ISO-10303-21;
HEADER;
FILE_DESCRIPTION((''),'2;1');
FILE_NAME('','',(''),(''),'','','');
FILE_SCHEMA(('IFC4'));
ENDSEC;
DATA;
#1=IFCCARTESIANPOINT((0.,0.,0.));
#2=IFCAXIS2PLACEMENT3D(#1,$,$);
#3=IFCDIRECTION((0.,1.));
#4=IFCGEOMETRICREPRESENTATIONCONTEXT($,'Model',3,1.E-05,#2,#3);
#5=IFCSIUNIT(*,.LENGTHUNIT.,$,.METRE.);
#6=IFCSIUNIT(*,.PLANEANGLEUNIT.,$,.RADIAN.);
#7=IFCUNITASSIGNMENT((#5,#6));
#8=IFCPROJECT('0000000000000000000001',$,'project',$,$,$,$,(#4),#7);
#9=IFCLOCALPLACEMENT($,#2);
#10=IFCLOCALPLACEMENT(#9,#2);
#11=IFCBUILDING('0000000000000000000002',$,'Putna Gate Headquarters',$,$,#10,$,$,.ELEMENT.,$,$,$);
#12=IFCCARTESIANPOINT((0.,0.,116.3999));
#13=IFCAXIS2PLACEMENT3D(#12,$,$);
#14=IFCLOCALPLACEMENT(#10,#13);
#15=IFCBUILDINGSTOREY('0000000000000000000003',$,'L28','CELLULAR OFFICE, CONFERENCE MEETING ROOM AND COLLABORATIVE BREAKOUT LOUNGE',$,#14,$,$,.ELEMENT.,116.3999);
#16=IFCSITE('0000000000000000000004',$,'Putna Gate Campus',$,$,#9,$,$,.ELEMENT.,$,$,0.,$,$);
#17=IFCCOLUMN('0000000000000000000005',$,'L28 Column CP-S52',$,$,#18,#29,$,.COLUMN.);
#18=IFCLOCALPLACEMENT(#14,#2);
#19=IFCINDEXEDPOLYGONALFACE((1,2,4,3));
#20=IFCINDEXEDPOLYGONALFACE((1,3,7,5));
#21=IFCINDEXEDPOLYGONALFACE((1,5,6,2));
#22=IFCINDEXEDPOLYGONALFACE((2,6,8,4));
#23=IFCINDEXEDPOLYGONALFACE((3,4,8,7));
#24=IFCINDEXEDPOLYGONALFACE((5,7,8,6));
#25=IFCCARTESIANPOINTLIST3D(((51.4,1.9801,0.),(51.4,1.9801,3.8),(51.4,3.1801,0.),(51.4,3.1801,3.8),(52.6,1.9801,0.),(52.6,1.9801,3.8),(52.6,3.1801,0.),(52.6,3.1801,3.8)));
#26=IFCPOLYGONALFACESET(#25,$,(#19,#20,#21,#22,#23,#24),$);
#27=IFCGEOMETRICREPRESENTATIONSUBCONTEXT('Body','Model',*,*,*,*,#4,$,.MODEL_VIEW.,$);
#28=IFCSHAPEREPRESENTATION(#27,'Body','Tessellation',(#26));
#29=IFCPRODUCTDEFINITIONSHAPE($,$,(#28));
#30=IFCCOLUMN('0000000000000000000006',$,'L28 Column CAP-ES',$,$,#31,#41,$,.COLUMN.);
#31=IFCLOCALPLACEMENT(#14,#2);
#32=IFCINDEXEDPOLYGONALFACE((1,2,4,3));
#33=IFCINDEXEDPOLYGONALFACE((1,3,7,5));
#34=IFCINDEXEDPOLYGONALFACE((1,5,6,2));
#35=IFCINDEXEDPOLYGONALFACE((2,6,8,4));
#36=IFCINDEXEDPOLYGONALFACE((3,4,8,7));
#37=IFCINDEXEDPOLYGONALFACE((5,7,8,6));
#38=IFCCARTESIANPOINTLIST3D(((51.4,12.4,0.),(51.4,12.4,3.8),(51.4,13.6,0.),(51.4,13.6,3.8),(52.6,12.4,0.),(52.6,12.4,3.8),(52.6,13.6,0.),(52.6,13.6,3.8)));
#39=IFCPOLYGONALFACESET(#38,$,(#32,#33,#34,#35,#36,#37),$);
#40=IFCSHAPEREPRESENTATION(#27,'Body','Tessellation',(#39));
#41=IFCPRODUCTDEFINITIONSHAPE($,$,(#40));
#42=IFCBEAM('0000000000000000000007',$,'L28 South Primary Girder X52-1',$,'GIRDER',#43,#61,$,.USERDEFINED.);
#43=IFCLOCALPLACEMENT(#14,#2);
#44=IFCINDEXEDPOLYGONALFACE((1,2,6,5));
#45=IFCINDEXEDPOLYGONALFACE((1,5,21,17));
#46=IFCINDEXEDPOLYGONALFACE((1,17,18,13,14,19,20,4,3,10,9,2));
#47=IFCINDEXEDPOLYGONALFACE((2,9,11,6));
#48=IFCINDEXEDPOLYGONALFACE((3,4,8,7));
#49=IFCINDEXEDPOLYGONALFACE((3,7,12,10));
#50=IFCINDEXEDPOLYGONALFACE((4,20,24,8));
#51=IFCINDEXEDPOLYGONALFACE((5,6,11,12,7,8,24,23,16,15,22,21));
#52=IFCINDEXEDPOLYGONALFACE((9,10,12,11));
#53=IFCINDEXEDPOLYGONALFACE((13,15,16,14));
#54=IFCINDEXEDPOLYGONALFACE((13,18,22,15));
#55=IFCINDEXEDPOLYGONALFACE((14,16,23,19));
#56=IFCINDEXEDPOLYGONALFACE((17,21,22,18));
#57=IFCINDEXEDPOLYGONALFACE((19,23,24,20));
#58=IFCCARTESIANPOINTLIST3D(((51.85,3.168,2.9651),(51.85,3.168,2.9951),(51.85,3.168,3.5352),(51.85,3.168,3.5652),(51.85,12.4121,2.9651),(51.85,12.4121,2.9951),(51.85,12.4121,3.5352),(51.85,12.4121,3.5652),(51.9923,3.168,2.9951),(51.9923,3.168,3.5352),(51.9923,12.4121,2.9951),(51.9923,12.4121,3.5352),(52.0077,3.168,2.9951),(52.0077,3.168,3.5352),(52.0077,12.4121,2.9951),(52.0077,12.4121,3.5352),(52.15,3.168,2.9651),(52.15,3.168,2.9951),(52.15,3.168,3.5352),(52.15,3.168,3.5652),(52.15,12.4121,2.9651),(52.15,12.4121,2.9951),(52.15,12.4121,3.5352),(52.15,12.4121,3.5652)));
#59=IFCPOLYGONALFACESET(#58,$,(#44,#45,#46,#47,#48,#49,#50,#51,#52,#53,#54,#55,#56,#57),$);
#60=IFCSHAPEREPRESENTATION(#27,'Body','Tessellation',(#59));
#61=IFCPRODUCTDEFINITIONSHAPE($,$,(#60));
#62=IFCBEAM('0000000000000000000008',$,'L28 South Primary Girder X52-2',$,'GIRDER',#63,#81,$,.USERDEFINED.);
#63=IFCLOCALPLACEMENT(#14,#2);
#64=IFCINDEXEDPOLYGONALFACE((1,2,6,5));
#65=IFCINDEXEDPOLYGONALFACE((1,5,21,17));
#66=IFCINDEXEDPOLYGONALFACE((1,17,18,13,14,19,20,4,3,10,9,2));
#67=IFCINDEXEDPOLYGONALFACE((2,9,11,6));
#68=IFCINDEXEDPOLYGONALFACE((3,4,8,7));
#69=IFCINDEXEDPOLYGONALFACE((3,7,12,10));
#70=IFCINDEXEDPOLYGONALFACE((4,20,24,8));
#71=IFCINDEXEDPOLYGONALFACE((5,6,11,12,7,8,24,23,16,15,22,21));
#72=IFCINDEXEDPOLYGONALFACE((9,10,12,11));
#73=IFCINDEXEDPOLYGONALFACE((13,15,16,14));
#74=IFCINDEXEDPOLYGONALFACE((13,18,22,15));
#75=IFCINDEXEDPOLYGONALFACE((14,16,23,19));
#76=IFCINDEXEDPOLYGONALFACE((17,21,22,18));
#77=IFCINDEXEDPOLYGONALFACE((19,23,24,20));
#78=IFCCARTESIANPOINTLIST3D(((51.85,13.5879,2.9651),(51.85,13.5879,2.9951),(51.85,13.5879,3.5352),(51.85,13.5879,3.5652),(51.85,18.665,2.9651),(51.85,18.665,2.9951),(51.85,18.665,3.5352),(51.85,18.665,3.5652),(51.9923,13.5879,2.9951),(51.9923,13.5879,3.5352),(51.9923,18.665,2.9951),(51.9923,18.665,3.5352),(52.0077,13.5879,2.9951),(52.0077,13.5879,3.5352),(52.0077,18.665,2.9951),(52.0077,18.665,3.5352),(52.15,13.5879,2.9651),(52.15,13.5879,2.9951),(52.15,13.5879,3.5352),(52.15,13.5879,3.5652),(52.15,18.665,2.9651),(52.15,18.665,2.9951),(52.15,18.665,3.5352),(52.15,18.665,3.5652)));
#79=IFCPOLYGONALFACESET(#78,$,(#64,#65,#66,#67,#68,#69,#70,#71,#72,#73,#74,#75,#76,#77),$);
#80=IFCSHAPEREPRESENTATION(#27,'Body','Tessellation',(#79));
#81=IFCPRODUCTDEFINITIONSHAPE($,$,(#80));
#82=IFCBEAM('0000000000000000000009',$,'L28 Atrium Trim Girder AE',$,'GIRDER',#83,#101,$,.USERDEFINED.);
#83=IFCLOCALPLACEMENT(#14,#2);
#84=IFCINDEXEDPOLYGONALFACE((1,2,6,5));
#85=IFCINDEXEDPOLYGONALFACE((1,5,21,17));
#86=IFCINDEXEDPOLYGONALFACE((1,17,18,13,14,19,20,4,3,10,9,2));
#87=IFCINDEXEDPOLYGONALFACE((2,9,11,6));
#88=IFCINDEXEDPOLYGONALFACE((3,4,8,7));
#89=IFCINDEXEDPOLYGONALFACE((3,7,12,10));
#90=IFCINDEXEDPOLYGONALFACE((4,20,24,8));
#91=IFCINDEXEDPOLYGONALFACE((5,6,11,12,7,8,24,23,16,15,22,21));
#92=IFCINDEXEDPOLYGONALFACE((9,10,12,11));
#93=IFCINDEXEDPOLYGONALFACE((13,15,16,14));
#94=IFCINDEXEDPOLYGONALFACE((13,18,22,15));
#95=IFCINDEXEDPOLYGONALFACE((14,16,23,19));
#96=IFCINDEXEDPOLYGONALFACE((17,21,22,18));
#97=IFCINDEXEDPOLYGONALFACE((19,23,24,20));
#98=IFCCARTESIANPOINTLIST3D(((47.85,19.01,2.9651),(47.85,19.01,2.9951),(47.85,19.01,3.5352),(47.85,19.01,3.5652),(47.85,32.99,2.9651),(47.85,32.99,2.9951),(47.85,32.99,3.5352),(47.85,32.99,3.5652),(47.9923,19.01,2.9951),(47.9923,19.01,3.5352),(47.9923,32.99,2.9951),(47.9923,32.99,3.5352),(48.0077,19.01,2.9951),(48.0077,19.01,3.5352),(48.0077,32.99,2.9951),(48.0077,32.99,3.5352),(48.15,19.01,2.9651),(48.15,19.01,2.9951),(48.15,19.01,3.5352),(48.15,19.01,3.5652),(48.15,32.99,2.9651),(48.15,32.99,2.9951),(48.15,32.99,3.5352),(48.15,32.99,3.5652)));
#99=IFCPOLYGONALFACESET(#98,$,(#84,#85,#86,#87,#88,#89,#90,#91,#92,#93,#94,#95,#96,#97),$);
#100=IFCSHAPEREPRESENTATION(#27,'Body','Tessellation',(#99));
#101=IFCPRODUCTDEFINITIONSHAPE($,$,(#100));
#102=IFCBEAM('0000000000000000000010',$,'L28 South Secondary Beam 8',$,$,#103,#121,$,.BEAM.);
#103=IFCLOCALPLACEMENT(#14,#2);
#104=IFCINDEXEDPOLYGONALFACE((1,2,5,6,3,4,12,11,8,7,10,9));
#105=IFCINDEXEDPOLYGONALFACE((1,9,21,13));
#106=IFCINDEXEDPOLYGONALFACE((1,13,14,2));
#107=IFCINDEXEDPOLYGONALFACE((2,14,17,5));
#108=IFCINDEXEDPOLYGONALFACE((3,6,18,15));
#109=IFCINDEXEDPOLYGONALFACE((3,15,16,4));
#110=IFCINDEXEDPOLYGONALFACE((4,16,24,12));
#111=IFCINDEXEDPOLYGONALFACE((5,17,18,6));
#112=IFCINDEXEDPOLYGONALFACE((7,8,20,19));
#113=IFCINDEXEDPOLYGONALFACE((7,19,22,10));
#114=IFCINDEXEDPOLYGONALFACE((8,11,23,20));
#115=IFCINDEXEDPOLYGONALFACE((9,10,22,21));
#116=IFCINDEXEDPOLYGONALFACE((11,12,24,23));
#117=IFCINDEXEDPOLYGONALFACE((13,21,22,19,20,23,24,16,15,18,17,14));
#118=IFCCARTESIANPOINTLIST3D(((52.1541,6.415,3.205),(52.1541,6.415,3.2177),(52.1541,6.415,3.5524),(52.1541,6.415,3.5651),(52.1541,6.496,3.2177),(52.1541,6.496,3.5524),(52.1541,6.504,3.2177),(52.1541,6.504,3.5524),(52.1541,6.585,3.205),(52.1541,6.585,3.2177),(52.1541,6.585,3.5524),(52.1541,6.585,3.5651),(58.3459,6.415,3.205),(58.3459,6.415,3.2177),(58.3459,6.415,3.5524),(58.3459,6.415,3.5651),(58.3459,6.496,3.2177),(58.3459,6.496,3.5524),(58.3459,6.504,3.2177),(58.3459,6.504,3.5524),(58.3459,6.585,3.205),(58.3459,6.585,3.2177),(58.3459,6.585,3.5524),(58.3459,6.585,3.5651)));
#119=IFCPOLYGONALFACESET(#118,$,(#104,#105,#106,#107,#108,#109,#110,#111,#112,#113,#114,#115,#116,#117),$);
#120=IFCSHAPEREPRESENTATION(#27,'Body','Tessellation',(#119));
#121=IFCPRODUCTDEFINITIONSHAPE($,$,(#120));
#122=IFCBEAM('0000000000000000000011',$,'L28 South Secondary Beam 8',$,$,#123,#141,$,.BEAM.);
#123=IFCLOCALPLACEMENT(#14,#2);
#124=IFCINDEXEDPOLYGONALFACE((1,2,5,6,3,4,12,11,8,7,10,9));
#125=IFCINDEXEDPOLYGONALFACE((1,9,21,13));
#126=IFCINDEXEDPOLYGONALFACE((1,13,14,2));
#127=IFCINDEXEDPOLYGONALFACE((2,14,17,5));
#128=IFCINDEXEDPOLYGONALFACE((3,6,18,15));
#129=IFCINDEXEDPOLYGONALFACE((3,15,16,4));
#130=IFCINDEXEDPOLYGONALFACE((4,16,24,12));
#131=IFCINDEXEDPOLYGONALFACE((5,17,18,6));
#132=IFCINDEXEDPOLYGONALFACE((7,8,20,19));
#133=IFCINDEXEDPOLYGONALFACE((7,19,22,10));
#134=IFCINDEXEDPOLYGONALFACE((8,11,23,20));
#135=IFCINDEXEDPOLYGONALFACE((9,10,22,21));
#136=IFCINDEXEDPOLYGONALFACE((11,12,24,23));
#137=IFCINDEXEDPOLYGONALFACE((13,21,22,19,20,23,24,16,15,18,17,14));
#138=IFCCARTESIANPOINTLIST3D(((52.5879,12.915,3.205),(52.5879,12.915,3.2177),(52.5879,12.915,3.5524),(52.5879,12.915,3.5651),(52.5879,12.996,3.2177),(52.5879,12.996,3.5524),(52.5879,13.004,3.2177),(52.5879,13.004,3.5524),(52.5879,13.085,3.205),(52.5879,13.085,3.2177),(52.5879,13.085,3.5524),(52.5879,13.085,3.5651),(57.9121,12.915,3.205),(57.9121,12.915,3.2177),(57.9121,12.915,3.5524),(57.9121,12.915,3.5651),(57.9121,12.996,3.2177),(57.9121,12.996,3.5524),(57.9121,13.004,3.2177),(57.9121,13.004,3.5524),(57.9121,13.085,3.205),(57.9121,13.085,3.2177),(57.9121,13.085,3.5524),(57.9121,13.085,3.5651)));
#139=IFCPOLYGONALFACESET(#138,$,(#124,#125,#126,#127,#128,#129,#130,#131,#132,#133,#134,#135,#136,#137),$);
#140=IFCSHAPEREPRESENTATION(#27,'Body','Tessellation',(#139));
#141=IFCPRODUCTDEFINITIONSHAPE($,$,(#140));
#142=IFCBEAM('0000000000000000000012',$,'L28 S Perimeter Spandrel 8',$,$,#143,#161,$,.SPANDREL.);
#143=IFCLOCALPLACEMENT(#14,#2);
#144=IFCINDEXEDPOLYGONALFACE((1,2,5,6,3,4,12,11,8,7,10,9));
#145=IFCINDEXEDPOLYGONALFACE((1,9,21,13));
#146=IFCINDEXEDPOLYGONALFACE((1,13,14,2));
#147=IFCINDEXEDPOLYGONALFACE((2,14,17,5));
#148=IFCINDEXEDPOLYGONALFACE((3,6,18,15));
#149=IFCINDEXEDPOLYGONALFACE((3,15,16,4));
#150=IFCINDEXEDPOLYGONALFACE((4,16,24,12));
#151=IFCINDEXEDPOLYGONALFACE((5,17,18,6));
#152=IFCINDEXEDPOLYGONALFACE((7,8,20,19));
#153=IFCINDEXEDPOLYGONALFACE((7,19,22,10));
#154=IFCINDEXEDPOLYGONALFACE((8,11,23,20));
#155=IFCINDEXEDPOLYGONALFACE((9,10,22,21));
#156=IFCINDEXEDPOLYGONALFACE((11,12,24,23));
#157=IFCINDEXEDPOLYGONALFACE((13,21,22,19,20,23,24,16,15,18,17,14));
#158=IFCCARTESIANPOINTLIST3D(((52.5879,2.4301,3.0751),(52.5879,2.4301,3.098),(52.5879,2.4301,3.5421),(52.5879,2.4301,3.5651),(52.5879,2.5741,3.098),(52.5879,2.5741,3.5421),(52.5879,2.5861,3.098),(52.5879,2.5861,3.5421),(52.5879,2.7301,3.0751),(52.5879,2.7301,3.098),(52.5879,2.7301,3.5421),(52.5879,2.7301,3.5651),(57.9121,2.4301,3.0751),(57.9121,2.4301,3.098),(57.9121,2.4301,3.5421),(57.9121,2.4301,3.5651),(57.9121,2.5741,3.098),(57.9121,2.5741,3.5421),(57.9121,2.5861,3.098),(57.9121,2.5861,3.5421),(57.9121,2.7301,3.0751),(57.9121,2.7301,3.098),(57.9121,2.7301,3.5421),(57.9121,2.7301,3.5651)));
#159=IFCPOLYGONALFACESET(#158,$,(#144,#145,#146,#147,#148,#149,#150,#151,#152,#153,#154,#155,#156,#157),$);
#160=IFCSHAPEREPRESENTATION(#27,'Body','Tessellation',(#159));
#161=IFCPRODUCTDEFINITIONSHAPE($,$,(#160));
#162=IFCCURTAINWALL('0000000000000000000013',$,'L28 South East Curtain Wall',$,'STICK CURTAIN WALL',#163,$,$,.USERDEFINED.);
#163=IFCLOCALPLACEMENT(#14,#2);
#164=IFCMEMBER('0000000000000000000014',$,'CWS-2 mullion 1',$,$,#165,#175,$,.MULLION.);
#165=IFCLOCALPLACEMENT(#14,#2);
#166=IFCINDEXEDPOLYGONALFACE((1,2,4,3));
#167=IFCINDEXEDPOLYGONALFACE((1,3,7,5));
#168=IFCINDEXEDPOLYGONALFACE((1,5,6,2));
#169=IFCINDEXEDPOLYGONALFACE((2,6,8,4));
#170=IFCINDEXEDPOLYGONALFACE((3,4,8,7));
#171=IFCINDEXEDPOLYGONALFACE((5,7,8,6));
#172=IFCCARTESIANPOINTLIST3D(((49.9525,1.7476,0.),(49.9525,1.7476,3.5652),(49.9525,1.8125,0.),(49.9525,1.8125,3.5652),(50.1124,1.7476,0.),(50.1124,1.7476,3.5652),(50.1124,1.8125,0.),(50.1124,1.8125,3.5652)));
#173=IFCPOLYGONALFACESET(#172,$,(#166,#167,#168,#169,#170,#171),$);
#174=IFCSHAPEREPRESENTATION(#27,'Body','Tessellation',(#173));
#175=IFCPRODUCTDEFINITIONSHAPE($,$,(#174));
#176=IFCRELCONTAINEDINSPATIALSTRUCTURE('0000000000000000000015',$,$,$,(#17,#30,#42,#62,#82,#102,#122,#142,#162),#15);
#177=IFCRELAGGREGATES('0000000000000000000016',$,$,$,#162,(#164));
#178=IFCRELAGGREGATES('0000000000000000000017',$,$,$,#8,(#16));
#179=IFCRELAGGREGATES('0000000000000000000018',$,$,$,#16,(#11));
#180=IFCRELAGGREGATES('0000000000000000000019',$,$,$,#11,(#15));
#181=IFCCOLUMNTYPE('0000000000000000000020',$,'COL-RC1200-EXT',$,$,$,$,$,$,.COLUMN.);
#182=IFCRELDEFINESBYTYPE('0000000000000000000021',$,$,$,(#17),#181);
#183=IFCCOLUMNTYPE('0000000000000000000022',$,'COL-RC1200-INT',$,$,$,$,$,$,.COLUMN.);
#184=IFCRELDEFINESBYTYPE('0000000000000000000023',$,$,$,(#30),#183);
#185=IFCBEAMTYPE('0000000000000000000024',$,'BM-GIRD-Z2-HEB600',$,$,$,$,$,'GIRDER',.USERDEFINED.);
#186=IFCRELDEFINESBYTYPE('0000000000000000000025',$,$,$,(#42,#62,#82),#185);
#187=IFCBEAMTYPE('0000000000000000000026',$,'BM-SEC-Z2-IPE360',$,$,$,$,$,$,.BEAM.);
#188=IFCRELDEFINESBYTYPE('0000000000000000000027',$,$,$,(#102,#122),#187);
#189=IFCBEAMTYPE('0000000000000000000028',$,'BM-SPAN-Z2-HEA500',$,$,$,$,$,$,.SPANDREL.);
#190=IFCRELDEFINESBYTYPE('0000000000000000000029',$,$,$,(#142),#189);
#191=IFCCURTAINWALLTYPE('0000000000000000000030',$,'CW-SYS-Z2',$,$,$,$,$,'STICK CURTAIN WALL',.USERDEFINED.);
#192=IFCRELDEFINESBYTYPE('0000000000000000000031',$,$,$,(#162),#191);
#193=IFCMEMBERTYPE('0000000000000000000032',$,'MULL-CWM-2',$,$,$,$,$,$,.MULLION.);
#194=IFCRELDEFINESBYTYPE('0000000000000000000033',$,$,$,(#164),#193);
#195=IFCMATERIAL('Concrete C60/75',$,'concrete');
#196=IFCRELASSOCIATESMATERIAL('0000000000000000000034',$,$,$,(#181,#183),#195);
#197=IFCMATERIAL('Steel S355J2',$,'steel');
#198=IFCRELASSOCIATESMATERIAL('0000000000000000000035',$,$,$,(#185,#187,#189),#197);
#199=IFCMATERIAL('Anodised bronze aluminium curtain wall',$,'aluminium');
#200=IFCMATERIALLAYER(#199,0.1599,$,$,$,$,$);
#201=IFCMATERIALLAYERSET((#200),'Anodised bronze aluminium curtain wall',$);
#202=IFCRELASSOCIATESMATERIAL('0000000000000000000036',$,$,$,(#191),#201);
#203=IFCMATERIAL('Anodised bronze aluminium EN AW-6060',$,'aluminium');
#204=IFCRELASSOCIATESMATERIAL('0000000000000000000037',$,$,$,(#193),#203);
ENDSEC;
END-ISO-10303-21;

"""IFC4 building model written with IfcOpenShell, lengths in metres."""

from ifc_helpers import new_model, si_unit, direction, frame, origin, origin_2d, place, context, subcontext, project, spatial, rectangle, i_section, extrude, material, layer, layer_set, material_profile, profile_set, type_object, element, aggregate, save


model = new_model("IFC4")

# Units and contexts
model_context = context("Model", 3, precision=1e-05, world=origin(), true_north=direction((0.0, 1.0)))
body_context = subcontext(model_context, "Body", "Model", "MODEL_VIEW")
ifc_project = project(units=[si_unit("LENGTHUNIT", "METRE"), si_unit("PLANEANGLEUNIT", "RADIAN")], contexts=[model_context])

# Site, building, storey
site_placement = place(None, origin())
site = spatial("IfcSite", under=ifc_project, at=site_placement, Name="Putna Gate Campus", CompositionType="ELEMENT", RefElevation=0.0)
building_placement = place(site_placement, origin())
building = spatial("IfcBuilding", under=site, at=building_placement, Name="Putna Gate Headquarters", CompositionType="ELEMENT")
storey_placement = place(building_placement, frame((0.0, 0.0, 116.3999)))
storey = spatial("IfcBuildingStorey", under=building, at=storey_placement, Name="L28", Description="CELLULAR OFFICE, CONFERENCE MEETING ROOM AND COLLABORATIVE BREAKOUT LOUNGE", CompositionType="ELEMENT", Elevation=116.3999)

# Columns
ifc_material_1 = material(Name="Concrete C60/75", Category="concrete")
ifc_material_profile_1 = material_profile(ifc_material_1, rectangle(XDim=1.2, YDim=1.2, at=origin_2d()), Name="Concrete C60/75")
ifc_profile_set_1 = profile_set([ifc_material_profile_1], Name="Concrete C60/75")
column_type_1 = type_object("IfcColumnType", Name="COL-RC1200-EXT", PredefinedType="COLUMN", material=ifc_profile_set_1)
column_1_placement = place(storey_placement, frame((52.0, 2.5801, 0.0), z_axis=(0.0, 0.0, 1.0), x_axis=(1.0, 0.0, 0.0)))
element("IfcColumn", 1, at=column_1_placement, inside=storey, type_object=column_type_1, Name="L28 Column CP-S52", PredefinedType="COLUMN", context=body_context, shape_type="SweptSolid", body=[
    extrude(rectangle(XDim=1.2, YDim=1.2, at=origin_2d()), origin(), (0.0, 0.0, 1.0), 3.8),
])
ifc_material_profile_2 = material_profile(ifc_material_1, rectangle(XDim=1.2, YDim=1.2, at=origin_2d()), Name="Concrete C60/75")
ifc_profile_set_2 = profile_set([ifc_material_profile_2], Name="Concrete C60/75")
column_type_2 = type_object("IfcColumnType", Name="COL-RC1200-INT", PredefinedType="COLUMN", material=ifc_profile_set_2)
column_2_placement = place(storey_placement, frame((52.0, 13.0, 0.0), z_axis=(0.0, 0.0, 1.0), x_axis=(1.0, 0.0, 0.0)))
element("IfcColumn", 2, at=column_2_placement, inside=storey, type_object=column_type_2, Name="L28 Column CAP-ES", PredefinedType="COLUMN", context=body_context, shape_type="SweptSolid", body=[
    extrude(rectangle(XDim=1.2, YDim=1.2, at=origin_2d()), origin(), (0.0, 0.0, 1.0), 3.8),
])

# Beams
ifc_material_2 = material(Name="Steel S355J2", Category="steel")
ifc_material_profile_3 = material_profile(ifc_material_2, i_section(OverallWidth=0.3, OverallDepth=0.6001, WebThickness=0.0154, FlangeThickness=0.03, at=origin_2d()), Name="Steel S355J2")
ifc_profile_set_3 = profile_set([ifc_material_profile_3], Name="Steel S355J2")
beam_type_1 = type_object("IfcBeamType", Name="BM-GIRD-Z2-HEB600", ElementType="GIRDER", PredefinedType="USERDEFINED", material=ifc_profile_set_3)
beam_1_placement = place(storey_placement, frame((52.0, 3.168, 3.2651), z_axis=(0.0, 1.0, 0.0), x_axis=(-1.0, 0.0, 0.0)))
element("IfcBeam", 3, at=beam_1_placement, inside=storey, type_object=beam_type_1, Name="L28 South Primary Girder X52-1", ObjectType="GIRDER", PredefinedType="USERDEFINED", context=body_context, shape_type="SweptSolid", body=[
    extrude(i_section(OverallWidth=0.3, OverallDepth=0.6001, WebThickness=0.0154, FlangeThickness=0.03, at=origin_2d()), origin(), (0.0, 0.0, 1.0), 9.2441),
])
beam_2_placement = place(storey_placement, frame((52.0, 13.5879, 3.2651), z_axis=(0.0, 1.0, 0.0), x_axis=(-1.0, 0.0, 0.0)))
element("IfcBeam", 4, at=beam_2_placement, inside=storey, type_object=beam_type_1, Name="L28 South Primary Girder X52-2", ObjectType="GIRDER", PredefinedType="USERDEFINED", context=body_context, shape_type="SweptSolid", body=[
    extrude(i_section(OverallWidth=0.3, OverallDepth=0.6001, WebThickness=0.0154, FlangeThickness=0.03, at=origin_2d()), origin(), (0.0, 0.0, 1.0), 5.0771),
])
beam_3_placement = place(storey_placement, frame((48.0, 19.01, 3.2651), z_axis=(0.0, 1.0, 0.0), x_axis=(-1.0, 0.0, 0.0)))
element("IfcBeam", 5, at=beam_3_placement, inside=storey, type_object=beam_type_1, Name="L28 Atrium Trim Girder AE", ObjectType="GIRDER", PredefinedType="USERDEFINED", context=body_context, shape_type="SweptSolid", body=[
    extrude(i_section(OverallWidth=0.3, OverallDepth=0.6001, WebThickness=0.0154, FlangeThickness=0.03, at=origin_2d()), origin(), (0.0, 0.0, 1.0), 13.98),
])
ifc_material_profile_4 = material_profile(ifc_material_2, i_section(OverallWidth=0.1699, OverallDepth=0.3601, WebThickness=0.0081, FlangeThickness=0.0127, at=origin_2d()), Name="Steel S355J2")
ifc_profile_set_4 = profile_set([ifc_material_profile_4], Name="Steel S355J2")
beam_type_2 = type_object("IfcBeamType", Name="BM-SEC-Z2-IPE360", PredefinedType="BEAM", material=ifc_profile_set_4)
beam_4_placement = place(storey_placement, frame((52.1541, 6.5, 3.385), z_axis=(1.0, 0.0, 0.0), x_axis=(0.0, 1.0, 0.0)))
element("IfcBeam", 6, at=beam_4_placement, inside=storey, type_object=beam_type_2, Name="L28 South Secondary Beam 8", PredefinedType="BEAM", context=body_context, shape_type="SweptSolid", body=[
    extrude(i_section(OverallWidth=0.1699, OverallDepth=0.3601, WebThickness=0.0081, FlangeThickness=0.0127, at=origin_2d()), origin(), (0.0, 0.0, 1.0), 6.1919),
])
beam_5_placement = place(storey_placement, frame((52.5879, 13.0, 3.385), z_axis=(1.0, 0.0, 0.0), x_axis=(0.0, 1.0, 0.0)))
element("IfcBeam", 7, at=beam_5_placement, inside=storey, type_object=beam_type_2, Name="L28 South Secondary Beam 8", PredefinedType="BEAM", context=body_context, shape_type="SweptSolid", body=[
    extrude(i_section(OverallWidth=0.1699, OverallDepth=0.3601, WebThickness=0.0081, FlangeThickness=0.0127, at=origin_2d()), origin(), (0.0, 0.0, 1.0), 5.3242),
])
ifc_material_profile_5 = material_profile(ifc_material_2, i_section(OverallWidth=0.3, OverallDepth=0.49, WebThickness=0.012, FlangeThickness=0.0229, at=origin_2d()), Name="Steel S355J2")
ifc_profile_set_5 = profile_set([ifc_material_profile_5], Name="Steel S355J2")
beam_type_3 = type_object("IfcBeamType", Name="BM-SPAN-Z2-HEA500", PredefinedType="SPANDREL", material=ifc_profile_set_5)
beam_6_placement = place(storey_placement, frame((52.5879, 2.5801, 3.3201), z_axis=(1.0, 0.0, 0.0), x_axis=(0.0, 1.0, 0.0)))
element("IfcBeam", 8, at=beam_6_placement, inside=storey, type_object=beam_type_3, Name="L28 S Perimeter Spandrel 8", PredefinedType="SPANDREL", context=body_context, shape_type="SweptSolid", body=[
    extrude(i_section(OverallWidth=0.3, OverallDepth=0.49, WebThickness=0.012, FlangeThickness=0.0229, at=origin_2d()), origin(), (0.0, 0.0, 1.0), 5.3242),
])

# Curtain wall, member
ifc_material_3 = material(Name="Anodised bronze aluminium curtain wall", Category="aluminium")
ifc_layer_1 = layer(ifc_material_3, 0.1599)
ifc_layer_set_1 = layer_set([ifc_layer_1], Name="Anodised bronze aluminium curtain wall")
curtain_wall_type_1 = type_object("IfcCurtainWallType", Name="CW-SYS-Z2", ElementType="STICK CURTAIN WALL", PredefinedType="USERDEFINED", material=ifc_layer_set_1)
curtain_wall_1_placement = place(storey_placement, origin())
curtain_wall_1 = element("IfcCurtainWall", 9, at=curtain_wall_1_placement, inside=storey, type_object=curtain_wall_type_1, Name="L28 South East Curtain Wall", ObjectType="STICK CURTAIN WALL", PredefinedType="USERDEFINED")
ifc_material_4 = material(Name="Anodised bronze aluminium EN AW-6060", Category="aluminium")
ifc_material_profile_6 = material_profile(ifc_material_4, rectangle(XDim=0.0649, YDim=0.1599, at=origin_2d()), Name="Anodised bronze aluminium EN AW-6060")
ifc_profile_set_6 = profile_set([ifc_material_profile_6], Name="Anodised bronze aluminium EN AW-6060")
member_type_1 = type_object("IfcMemberType", Name="MULL-CWM-2", PredefinedType="MULLION", material=ifc_profile_set_6)
member_1_placement = place(storey_placement, frame((50.0325, 1.78, 0.0), z_axis=(0.0, 0.0, 1.0), x_axis=(0.0, 1.0, 0.0)))
member_1 = element("IfcMember", 10, at=member_1_placement, type_object=member_type_1, Name="CWS-2 mullion 1", PredefinedType="MULLION", context=body_context, shape_type="SweptSolid", body=[
    extrude(rectangle(XDim=0.0649, YDim=0.1599, at=origin_2d()), origin(), (0.0, 0.0, 1.0), 3.5652),
])

aggregate(curtain_wall_1, [member_1])

save(model, "model.ifc")
